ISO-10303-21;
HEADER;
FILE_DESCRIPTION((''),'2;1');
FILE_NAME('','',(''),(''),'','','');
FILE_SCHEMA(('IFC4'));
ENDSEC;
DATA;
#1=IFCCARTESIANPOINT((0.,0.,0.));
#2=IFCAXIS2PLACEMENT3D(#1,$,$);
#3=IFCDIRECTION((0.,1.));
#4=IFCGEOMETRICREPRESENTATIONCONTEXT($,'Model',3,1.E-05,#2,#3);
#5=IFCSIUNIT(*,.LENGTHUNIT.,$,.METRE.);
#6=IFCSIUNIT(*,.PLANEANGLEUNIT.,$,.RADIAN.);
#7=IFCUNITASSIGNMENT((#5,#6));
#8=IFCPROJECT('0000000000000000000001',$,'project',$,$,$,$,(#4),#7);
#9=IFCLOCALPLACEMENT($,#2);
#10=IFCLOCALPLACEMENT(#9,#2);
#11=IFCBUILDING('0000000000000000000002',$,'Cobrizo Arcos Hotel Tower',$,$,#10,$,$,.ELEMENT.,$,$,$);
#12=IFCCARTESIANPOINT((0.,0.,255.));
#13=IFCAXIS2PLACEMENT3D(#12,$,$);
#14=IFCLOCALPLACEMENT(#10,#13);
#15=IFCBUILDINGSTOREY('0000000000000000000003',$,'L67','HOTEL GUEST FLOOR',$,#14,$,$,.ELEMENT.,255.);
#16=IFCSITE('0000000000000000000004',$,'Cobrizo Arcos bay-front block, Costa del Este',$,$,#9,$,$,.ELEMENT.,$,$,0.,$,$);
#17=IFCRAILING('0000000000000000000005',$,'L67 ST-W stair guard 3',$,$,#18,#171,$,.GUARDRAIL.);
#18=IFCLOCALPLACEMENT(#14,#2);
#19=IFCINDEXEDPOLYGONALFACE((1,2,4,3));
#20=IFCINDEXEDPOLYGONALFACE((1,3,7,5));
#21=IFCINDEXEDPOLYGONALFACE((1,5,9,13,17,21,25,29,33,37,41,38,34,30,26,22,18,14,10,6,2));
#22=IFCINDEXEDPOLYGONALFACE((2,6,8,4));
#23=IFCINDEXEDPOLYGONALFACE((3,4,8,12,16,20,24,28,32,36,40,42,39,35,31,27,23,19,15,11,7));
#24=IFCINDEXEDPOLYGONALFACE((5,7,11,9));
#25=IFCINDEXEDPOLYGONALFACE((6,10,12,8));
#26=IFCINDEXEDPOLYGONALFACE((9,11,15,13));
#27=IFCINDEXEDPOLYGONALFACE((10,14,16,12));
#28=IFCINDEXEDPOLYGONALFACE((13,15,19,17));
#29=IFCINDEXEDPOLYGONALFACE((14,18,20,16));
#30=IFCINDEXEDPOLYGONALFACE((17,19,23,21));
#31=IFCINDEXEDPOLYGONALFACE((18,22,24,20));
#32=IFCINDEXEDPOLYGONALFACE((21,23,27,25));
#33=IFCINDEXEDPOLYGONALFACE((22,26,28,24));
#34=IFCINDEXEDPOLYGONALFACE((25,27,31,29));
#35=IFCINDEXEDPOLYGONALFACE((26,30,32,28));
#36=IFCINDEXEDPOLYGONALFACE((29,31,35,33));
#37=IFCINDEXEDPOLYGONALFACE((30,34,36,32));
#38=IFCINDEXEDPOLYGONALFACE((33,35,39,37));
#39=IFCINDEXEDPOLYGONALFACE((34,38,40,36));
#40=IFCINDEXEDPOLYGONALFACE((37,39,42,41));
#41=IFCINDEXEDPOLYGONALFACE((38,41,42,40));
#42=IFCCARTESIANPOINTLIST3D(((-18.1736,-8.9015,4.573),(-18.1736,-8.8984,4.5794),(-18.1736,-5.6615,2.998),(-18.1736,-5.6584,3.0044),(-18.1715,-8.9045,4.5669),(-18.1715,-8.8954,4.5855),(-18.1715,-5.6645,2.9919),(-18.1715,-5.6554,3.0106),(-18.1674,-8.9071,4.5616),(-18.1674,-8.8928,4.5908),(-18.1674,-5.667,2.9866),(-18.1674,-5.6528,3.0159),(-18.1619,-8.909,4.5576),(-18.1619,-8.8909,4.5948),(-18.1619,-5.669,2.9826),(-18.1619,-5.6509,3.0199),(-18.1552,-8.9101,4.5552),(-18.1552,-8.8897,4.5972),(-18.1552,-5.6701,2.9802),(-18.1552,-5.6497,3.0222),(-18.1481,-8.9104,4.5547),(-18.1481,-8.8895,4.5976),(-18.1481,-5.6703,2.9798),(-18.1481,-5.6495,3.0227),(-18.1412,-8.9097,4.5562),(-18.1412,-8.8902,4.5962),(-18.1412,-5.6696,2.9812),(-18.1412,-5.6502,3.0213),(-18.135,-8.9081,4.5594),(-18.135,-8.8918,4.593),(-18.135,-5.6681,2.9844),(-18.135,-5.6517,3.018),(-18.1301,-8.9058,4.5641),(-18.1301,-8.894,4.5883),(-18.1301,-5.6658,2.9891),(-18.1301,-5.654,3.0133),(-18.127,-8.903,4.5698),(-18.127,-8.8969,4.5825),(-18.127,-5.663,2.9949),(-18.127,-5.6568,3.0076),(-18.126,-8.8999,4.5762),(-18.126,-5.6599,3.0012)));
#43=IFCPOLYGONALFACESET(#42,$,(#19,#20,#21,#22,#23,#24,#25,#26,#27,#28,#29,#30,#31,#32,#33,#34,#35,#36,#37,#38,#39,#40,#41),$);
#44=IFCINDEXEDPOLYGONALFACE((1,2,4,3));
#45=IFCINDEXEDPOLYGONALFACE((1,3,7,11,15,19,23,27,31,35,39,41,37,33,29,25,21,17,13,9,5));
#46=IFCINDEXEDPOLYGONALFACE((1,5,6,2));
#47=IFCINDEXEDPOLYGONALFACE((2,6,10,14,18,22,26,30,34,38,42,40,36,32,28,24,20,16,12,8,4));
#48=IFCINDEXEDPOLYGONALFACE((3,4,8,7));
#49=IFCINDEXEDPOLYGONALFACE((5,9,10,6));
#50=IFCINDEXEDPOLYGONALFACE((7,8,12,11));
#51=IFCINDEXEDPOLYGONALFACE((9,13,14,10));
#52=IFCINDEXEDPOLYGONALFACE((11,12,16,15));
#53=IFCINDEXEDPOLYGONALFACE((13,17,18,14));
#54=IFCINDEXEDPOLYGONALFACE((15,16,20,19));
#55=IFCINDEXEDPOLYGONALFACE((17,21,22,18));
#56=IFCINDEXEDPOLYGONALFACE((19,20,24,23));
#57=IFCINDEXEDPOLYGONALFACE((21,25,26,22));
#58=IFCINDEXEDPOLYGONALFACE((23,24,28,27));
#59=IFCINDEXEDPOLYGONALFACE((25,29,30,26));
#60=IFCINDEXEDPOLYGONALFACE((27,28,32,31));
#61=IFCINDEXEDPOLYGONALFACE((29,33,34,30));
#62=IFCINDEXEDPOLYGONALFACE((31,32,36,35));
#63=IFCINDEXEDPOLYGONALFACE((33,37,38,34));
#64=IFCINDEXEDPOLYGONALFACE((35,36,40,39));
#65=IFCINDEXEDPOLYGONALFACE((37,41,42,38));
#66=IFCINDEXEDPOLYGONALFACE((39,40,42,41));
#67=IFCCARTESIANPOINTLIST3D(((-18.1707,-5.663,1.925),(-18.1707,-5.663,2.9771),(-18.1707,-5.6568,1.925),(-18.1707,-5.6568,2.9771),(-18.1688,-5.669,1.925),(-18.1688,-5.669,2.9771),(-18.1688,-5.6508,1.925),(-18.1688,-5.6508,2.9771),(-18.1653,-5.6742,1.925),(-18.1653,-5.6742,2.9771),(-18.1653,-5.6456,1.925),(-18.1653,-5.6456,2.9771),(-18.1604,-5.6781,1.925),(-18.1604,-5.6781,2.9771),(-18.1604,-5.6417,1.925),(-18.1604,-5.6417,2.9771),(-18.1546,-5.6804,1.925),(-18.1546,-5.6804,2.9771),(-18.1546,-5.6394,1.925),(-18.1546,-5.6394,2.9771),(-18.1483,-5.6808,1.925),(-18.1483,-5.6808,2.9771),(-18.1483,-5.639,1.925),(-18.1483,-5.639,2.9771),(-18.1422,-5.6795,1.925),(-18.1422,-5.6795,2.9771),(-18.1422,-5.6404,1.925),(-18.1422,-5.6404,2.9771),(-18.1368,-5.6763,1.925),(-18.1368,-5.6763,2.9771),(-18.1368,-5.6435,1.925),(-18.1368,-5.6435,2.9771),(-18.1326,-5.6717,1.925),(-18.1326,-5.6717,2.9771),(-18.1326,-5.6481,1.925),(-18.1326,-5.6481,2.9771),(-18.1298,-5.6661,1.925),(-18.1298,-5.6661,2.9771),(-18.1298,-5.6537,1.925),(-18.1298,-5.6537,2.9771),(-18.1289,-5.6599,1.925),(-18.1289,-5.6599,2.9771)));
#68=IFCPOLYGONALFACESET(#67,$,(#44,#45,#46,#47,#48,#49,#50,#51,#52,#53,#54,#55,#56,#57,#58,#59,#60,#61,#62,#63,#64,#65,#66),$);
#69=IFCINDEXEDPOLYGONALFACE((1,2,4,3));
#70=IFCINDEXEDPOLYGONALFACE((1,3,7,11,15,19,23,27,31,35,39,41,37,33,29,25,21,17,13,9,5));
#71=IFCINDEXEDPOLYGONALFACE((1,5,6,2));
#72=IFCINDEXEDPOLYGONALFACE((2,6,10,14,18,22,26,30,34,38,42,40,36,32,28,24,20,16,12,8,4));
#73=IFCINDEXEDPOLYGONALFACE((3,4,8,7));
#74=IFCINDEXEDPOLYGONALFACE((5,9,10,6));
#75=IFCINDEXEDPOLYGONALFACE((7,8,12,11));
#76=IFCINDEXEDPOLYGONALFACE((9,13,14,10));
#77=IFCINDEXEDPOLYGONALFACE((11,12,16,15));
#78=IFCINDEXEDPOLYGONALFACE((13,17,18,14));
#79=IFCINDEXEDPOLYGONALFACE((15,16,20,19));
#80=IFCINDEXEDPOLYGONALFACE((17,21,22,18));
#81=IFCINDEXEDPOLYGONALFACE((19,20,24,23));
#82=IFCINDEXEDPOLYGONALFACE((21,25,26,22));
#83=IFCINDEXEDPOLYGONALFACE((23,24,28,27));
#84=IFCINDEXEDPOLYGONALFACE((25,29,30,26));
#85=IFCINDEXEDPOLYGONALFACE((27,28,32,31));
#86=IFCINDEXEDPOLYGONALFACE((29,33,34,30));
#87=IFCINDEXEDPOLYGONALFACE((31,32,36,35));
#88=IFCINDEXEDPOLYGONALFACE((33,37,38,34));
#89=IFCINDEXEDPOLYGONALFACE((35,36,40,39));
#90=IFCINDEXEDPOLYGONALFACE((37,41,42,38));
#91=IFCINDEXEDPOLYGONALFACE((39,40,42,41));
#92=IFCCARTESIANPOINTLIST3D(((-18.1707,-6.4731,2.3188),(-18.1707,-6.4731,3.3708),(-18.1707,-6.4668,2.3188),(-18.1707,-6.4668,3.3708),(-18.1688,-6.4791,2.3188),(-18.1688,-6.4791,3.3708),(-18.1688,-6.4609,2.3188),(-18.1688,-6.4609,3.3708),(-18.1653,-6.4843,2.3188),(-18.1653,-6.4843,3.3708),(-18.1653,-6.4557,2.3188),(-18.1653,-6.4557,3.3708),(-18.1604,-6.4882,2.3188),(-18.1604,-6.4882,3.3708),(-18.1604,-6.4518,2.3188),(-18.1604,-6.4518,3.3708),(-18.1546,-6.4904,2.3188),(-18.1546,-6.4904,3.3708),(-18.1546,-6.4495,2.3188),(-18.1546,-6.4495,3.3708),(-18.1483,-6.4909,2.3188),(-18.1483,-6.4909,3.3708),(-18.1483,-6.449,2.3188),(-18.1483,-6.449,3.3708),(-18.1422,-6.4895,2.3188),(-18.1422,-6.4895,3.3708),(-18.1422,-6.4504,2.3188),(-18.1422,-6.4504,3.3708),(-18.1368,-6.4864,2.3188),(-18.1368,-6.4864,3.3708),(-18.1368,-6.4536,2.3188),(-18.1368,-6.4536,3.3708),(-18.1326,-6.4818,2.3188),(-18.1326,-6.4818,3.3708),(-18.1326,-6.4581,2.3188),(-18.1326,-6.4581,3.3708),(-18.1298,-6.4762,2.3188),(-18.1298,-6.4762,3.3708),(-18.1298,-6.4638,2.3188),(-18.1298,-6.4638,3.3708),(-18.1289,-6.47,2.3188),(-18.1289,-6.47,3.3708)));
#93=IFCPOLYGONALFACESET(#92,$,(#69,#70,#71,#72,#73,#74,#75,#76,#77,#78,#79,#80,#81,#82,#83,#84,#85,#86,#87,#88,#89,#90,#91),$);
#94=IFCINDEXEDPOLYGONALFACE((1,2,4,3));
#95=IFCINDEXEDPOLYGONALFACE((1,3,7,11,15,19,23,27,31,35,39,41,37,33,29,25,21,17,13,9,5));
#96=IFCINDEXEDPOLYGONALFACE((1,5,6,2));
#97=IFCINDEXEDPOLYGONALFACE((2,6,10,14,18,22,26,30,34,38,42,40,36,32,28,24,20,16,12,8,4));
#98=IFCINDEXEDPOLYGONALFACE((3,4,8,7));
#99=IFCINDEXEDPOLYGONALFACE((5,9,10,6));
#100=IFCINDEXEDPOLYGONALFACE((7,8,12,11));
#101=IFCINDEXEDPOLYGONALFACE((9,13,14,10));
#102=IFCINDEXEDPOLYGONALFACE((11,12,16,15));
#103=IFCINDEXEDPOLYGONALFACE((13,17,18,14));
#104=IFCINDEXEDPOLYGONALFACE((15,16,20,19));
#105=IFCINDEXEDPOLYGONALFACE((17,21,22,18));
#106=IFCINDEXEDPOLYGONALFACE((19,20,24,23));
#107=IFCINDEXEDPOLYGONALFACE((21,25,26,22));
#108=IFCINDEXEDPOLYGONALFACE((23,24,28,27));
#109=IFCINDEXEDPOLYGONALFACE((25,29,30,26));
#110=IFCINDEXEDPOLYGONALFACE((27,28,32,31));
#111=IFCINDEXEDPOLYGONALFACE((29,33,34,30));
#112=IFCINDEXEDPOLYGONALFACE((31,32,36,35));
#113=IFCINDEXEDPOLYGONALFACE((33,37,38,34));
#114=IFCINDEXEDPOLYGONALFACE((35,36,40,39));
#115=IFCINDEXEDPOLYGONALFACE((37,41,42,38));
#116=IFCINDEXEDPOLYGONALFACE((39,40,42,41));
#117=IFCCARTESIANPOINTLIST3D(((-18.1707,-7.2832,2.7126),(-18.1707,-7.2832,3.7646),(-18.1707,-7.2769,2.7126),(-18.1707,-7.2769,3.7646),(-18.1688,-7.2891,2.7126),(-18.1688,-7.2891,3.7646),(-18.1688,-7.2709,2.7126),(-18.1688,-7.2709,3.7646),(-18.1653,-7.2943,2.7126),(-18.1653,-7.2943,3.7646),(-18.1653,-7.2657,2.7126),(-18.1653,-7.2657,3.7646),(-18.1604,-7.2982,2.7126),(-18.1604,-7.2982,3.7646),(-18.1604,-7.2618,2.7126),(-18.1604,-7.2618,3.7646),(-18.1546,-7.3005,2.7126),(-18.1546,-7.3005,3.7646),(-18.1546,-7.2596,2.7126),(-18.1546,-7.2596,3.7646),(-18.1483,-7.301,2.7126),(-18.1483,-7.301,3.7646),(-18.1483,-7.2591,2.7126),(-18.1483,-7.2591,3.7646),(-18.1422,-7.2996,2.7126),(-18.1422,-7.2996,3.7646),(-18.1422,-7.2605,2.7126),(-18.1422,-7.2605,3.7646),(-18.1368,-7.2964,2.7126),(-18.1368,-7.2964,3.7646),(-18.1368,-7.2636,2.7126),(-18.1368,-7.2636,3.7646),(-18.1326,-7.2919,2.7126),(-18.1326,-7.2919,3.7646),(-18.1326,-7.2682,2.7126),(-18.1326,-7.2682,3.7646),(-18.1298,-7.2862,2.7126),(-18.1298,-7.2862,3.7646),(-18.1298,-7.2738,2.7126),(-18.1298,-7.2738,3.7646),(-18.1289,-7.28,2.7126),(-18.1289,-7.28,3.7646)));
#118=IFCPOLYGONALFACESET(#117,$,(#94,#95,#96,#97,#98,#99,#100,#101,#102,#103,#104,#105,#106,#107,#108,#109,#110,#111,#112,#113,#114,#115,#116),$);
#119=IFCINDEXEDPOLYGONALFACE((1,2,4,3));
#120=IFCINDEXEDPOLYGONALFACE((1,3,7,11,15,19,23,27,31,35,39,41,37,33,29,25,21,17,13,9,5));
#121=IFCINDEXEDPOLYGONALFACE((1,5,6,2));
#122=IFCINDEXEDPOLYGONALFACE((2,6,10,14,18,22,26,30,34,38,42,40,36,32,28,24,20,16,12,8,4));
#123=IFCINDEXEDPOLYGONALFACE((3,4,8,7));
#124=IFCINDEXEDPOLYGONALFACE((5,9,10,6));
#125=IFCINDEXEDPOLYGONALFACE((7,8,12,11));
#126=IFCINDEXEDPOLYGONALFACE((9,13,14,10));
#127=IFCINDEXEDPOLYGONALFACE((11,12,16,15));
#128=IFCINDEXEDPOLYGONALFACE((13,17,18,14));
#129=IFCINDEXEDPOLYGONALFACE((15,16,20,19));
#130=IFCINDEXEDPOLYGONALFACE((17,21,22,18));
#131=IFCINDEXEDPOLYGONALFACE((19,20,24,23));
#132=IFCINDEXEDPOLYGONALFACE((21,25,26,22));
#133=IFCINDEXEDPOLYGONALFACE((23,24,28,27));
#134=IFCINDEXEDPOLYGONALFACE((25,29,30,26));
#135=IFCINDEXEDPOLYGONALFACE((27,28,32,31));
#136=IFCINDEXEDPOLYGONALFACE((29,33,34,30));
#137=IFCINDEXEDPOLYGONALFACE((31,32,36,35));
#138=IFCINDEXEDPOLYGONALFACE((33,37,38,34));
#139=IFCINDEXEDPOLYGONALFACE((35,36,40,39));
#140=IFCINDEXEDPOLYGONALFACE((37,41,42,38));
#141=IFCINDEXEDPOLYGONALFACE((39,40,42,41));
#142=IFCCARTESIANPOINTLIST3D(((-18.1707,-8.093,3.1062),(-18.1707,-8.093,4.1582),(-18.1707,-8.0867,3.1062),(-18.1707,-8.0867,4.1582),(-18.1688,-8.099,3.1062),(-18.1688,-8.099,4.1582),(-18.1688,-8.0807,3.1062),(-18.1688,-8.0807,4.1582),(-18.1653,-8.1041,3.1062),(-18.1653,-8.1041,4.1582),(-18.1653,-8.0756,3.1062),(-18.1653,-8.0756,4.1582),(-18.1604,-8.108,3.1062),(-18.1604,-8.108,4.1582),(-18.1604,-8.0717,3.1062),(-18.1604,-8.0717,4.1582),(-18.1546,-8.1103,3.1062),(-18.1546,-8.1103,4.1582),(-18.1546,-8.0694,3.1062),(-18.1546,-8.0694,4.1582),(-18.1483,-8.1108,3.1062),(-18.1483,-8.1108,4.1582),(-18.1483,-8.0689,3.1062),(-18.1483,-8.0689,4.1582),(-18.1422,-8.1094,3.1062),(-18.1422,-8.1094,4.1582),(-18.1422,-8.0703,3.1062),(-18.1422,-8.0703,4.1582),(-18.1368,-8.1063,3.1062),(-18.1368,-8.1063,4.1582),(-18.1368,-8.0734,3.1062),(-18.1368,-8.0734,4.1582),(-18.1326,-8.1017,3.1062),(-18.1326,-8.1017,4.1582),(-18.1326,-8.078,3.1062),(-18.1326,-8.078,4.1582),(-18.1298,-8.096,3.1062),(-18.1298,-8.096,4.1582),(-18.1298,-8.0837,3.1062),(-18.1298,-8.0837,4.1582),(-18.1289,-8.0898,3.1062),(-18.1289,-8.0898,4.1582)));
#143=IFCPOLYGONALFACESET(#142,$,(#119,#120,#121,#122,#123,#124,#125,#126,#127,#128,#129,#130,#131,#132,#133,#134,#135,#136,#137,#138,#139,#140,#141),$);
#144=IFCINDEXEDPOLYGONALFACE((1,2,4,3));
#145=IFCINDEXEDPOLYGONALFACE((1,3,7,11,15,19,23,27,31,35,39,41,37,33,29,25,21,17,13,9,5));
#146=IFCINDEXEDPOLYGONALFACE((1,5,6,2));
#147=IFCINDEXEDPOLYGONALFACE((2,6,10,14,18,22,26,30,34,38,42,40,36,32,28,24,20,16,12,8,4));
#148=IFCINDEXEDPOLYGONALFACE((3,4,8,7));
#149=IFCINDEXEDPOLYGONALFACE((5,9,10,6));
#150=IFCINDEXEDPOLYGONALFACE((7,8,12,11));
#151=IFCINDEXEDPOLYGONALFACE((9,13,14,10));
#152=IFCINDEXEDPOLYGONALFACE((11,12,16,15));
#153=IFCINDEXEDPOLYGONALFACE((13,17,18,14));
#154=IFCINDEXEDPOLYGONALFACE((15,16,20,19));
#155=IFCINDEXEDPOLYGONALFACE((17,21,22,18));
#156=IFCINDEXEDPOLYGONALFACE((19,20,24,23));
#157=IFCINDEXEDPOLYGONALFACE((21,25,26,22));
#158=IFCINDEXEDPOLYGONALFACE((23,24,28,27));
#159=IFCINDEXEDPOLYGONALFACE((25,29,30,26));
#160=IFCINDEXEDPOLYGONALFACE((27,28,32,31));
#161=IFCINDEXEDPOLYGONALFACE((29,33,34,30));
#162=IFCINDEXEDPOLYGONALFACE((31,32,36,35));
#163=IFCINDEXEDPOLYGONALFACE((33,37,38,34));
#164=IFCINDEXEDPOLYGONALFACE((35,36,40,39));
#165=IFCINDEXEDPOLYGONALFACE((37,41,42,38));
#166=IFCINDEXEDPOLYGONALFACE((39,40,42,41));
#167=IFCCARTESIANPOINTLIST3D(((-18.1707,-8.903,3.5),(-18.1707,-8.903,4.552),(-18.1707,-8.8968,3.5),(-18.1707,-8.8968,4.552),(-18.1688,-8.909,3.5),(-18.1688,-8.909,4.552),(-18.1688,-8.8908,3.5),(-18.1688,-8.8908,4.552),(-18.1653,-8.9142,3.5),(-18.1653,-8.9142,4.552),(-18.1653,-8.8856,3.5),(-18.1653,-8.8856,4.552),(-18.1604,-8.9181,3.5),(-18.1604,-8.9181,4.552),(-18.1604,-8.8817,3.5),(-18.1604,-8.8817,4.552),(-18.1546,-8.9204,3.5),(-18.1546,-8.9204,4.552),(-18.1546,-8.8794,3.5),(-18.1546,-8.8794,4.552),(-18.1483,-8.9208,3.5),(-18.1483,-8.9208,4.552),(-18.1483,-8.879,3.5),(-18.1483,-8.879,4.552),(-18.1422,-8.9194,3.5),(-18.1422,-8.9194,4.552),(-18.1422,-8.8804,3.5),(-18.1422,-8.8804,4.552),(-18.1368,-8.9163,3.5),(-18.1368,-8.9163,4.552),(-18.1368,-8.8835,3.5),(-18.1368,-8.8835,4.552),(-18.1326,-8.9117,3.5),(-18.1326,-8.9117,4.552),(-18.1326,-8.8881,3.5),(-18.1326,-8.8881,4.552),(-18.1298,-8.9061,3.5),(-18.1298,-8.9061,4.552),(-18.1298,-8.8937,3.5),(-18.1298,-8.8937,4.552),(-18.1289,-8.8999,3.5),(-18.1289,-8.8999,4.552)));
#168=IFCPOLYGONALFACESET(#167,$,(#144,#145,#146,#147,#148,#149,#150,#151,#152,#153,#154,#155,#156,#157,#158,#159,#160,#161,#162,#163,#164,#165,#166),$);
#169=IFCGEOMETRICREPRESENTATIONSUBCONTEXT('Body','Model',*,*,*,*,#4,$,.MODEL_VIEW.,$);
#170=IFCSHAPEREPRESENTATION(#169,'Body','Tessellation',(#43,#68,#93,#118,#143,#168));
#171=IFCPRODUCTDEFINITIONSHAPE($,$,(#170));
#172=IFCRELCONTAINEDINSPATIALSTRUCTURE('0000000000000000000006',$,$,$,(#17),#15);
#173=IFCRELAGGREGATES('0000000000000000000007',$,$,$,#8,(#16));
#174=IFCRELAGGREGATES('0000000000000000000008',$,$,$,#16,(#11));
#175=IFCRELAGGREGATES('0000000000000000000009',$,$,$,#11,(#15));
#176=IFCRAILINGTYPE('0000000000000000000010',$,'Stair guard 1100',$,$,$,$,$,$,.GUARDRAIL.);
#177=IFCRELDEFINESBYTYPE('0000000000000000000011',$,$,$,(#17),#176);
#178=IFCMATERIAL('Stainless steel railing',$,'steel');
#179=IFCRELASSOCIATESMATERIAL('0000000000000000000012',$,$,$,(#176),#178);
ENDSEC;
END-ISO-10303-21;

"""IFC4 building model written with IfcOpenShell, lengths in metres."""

from ifc_helpers import new_model, si_unit, direction, frame, origin, origin_2d, place, context, subcontext, project, spatial, circle, extrude, material, type_object, element, save


model = new_model("IFC4")

# Units and contexts
model_context = context("Model", 3, precision=1e-05, world=origin(), true_north=direction((0.0, 1.0)))
body_context = subcontext(model_context, "Body", "Model", "MODEL_VIEW")
ifc_project = project(units=[si_unit("LENGTHUNIT", "METRE"), si_unit("PLANEANGLEUNIT", "RADIAN")], contexts=[model_context])

# Site, building, storey
site_placement = place(None, origin())
site = spatial("IfcSite", under=ifc_project, at=site_placement, Name="Cobrizo Arcos bay-front block, Costa del Este", CompositionType="ELEMENT", RefElevation=0.0)
building_placement = place(site_placement, origin())
building = spatial("IfcBuilding", under=site, at=building_placement, Name="Cobrizo Arcos Hotel Tower", CompositionType="ELEMENT")
storey_placement = place(building_placement, frame((0.0, 0.0, 255.0)))
storey = spatial("IfcBuildingStorey", under=building, at=storey_placement, Name="L67", Description="HOTEL GUEST FLOOR", CompositionType="ELEMENT", Elevation=255.0)

# Railing
ifc_material_1 = material(Name="Stainless steel railing", Category="steel")
railing_type_1 = type_object("IfcRailingType", Name="Stair guard 1100", PredefinedType="GUARDRAIL", material=ifc_material_1)
railing_1_placement = place(storey_placement, frame((-18.1499, -5.6599, 1.925)))
element("IfcRailing", 1, at=railing_1_placement, inside=storey, type_object=railing_type_1, Name="L67 ST-W stair guard 3", PredefinedType="GUARDRAIL", context=body_context, shape_type="SweptSolid", body=[
    extrude(circle(Radius=0.0239, at=origin_2d()), frame((0.0, 0.0, 1.0762), z_axis=(0.0, -0.899373, 0.437183), x_axis=(1.0, 0.0, 0.0)), (0.0, 0.0, 1.0), 3.6025),
    extrude(circle(Radius=0.021, at=origin_2d()), origin(), (0.0, 0.0, 1.0), 1.052),
    extrude(circle(Radius=0.021, at=origin_2d()), frame((0.0, -0.8101, 0.3938)), (0.0, 0.0, 1.0), 1.052),
    extrude(circle(Radius=0.021, at=origin_2d()), frame((0.0, -1.6201, 0.7876)), (0.0, 0.0, 1.0), 1.052),
    extrude(circle(Radius=0.021, at=origin_2d()), frame((0.0, -2.4299, 1.1812)), (0.0, 0.0, 1.0), 1.052),
    extrude(circle(Radius=0.021, at=origin_2d()), frame((0.0, -3.24, 1.575)), (0.0, 0.0, 1.0), 1.052),
])

save(model, "model.ifc")
